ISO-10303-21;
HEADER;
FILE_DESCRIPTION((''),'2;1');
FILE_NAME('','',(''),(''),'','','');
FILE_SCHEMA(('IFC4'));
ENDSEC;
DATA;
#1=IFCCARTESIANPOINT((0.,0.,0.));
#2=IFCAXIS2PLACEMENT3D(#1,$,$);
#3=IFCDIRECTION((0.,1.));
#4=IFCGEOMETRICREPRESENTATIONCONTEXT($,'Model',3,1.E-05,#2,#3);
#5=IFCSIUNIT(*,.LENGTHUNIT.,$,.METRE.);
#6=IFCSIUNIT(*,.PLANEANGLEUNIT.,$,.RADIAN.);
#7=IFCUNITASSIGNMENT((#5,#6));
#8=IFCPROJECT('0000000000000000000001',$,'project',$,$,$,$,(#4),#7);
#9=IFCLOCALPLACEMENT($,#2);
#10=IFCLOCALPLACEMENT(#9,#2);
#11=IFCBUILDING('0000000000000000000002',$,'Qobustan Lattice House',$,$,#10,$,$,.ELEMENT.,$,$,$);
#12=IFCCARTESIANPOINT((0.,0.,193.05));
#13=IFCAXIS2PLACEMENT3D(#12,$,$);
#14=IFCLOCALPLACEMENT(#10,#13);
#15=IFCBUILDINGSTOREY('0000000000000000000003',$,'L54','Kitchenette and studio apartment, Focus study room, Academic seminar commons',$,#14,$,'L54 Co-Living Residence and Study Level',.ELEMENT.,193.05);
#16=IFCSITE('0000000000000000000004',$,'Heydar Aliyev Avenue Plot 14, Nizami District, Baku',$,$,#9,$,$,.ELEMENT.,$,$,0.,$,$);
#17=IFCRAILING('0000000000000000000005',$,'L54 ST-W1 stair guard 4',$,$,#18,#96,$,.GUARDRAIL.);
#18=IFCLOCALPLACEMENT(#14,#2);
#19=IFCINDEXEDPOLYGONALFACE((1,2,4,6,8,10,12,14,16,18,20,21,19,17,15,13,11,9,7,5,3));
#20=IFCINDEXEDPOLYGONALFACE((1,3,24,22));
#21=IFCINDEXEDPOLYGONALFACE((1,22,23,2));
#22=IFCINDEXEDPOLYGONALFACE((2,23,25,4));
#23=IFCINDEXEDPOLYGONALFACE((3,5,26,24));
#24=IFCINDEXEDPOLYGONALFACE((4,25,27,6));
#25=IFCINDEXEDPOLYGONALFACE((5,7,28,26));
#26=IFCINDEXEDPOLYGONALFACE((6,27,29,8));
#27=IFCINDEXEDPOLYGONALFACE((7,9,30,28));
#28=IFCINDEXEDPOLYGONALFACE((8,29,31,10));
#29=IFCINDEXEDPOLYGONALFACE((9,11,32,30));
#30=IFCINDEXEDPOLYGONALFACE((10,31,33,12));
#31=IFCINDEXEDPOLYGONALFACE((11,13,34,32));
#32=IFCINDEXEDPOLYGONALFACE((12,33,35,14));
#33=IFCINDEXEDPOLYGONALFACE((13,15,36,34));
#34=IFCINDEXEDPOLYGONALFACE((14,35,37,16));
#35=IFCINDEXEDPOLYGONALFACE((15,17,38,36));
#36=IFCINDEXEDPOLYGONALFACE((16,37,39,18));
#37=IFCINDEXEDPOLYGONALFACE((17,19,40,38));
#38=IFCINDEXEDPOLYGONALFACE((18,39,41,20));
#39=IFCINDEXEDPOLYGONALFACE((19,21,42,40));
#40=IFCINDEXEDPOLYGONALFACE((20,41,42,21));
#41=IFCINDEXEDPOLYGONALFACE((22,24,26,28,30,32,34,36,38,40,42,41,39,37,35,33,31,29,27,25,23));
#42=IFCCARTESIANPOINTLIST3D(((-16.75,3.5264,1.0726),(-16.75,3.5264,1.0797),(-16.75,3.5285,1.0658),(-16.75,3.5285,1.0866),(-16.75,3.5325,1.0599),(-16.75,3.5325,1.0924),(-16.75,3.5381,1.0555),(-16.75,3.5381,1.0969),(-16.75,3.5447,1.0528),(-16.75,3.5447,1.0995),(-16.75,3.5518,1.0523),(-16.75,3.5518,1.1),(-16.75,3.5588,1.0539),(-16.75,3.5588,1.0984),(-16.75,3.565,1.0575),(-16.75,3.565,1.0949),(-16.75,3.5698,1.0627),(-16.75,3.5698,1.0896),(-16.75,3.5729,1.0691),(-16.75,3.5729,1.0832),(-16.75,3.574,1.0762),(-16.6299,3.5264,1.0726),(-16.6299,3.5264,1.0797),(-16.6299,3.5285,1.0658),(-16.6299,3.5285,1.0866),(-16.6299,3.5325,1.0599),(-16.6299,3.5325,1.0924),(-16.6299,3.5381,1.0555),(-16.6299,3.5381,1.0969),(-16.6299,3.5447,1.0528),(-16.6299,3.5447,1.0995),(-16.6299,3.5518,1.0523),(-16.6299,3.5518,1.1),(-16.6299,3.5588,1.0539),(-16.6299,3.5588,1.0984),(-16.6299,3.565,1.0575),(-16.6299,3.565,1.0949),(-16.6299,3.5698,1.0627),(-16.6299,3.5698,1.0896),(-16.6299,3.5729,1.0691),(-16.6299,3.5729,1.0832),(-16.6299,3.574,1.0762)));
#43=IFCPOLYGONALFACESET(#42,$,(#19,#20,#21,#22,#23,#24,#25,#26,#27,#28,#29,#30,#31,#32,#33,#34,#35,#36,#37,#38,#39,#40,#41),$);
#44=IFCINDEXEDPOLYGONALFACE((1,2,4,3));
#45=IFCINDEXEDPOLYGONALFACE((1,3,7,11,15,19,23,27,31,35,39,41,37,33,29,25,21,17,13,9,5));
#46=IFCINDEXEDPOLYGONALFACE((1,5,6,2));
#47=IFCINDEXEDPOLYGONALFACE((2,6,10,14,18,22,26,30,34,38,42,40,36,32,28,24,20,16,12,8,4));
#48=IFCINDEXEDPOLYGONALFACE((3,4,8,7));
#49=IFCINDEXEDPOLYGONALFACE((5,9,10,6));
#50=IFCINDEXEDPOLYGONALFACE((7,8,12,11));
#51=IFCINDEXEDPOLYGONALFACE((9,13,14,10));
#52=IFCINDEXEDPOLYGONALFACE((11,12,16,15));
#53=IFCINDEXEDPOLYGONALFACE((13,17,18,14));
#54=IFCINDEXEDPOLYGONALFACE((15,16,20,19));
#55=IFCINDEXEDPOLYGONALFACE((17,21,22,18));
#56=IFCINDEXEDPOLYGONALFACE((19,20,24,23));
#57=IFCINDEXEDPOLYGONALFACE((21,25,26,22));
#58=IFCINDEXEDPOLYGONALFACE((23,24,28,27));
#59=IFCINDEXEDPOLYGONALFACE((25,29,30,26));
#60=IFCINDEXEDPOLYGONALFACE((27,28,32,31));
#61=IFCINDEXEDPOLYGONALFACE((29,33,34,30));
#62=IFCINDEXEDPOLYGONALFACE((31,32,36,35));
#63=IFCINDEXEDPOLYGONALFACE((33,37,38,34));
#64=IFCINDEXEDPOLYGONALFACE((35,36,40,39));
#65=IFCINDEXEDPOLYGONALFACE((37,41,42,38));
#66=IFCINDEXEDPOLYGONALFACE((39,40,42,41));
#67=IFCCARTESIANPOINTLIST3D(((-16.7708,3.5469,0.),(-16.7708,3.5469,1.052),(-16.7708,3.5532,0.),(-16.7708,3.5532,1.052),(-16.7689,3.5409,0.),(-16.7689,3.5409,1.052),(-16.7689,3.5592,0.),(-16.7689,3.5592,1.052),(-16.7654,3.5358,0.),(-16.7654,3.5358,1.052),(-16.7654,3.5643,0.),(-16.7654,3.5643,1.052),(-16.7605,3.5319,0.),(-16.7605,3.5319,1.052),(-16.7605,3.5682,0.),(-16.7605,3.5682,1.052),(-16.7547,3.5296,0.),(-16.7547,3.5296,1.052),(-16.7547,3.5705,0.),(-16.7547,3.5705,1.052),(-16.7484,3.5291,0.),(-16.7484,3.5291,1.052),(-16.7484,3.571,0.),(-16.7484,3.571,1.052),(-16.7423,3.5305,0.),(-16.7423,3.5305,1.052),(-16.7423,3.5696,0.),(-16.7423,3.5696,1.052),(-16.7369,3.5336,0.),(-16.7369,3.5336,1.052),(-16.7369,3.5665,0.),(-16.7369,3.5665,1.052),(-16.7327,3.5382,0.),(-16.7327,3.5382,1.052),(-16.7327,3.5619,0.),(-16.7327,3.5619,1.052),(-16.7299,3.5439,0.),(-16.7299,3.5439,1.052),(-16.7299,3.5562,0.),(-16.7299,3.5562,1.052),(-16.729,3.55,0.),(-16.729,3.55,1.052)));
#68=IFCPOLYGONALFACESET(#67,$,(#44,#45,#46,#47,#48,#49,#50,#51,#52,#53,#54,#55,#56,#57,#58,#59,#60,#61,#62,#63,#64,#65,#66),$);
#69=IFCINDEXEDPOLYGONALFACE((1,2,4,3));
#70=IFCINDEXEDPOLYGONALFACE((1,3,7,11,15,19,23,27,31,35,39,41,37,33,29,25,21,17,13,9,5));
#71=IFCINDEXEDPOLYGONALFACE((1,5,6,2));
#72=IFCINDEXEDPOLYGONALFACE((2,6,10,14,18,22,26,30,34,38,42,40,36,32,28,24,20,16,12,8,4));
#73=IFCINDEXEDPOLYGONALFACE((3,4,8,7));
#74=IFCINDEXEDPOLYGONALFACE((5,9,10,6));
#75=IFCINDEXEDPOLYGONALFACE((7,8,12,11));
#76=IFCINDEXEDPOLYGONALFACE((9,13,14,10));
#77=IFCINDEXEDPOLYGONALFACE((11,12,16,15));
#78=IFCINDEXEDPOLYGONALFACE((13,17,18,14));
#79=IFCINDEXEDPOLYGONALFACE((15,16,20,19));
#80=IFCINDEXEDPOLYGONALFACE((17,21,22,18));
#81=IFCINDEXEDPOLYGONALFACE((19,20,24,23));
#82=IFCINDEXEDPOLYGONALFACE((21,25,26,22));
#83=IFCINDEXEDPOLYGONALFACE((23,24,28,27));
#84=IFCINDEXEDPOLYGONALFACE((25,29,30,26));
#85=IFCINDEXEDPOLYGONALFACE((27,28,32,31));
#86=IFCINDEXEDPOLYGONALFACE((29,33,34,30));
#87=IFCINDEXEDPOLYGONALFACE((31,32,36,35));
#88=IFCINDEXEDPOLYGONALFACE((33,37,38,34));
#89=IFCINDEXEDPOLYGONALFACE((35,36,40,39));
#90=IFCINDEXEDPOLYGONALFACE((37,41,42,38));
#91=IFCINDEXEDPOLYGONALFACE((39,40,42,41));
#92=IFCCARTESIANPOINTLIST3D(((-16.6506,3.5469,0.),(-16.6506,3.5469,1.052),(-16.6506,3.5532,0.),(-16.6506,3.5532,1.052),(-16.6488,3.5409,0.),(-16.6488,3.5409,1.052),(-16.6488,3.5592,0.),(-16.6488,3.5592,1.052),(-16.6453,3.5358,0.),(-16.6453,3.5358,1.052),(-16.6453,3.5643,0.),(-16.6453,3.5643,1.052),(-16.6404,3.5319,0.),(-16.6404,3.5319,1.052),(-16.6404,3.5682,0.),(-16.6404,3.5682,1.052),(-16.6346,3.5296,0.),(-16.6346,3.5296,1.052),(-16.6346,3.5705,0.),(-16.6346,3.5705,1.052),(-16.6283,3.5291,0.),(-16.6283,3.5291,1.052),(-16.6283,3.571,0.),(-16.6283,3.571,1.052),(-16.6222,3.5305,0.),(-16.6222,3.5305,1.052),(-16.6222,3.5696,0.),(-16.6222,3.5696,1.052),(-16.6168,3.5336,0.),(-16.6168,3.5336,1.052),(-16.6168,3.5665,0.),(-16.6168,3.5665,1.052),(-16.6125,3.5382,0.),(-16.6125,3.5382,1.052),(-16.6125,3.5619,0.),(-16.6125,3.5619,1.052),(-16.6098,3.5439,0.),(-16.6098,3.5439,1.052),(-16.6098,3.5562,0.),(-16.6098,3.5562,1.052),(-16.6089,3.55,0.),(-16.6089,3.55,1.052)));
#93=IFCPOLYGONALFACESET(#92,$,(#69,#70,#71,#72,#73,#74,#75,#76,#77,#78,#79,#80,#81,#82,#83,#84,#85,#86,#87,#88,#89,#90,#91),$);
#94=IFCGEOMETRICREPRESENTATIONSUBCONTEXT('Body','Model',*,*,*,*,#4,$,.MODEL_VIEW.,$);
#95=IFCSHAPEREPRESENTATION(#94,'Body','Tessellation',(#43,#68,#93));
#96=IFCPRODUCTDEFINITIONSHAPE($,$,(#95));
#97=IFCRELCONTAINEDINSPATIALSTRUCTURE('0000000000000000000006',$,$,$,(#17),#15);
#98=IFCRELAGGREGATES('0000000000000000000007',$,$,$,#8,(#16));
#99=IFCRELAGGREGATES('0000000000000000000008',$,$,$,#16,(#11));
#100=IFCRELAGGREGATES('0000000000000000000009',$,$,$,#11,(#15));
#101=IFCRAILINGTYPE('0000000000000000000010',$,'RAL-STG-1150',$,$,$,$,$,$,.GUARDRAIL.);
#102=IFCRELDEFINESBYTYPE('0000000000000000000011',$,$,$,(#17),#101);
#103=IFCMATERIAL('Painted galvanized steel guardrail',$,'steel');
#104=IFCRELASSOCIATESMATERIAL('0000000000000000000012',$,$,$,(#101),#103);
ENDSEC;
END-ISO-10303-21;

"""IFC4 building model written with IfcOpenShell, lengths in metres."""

from ifc_helpers import new_model, si_unit, direction, frame, origin, origin_2d, place, context, subcontext, project, spatial, circle, extrude, material, type_object, element, save


model = new_model("IFC4")

# Units and contexts
model_context = context("Model", 3, precision=1e-05, world=origin(), true_north=direction((0.0, 1.0)))
body_context = subcontext(model_context, "Body", "Model", "MODEL_VIEW")
ifc_project = project(units=[si_unit("LENGTHUNIT", "METRE"), si_unit("PLANEANGLEUNIT", "RADIAN")], contexts=[model_context])

# Site, building, storey
site_placement = place(None, origin())
site = spatial("IfcSite", under=ifc_project, at=site_placement, Name="Heydar Aliyev Avenue Plot 14, Nizami District, Baku", CompositionType="ELEMENT", RefElevation=0.0)
building_placement = place(site_placement, origin())
building = spatial("IfcBuilding", under=site, at=building_placement, Name="Qobustan Lattice House", CompositionType="ELEMENT")
storey_placement = place(building_placement, frame((0.0, 0.0, 193.05)))
storey = spatial("IfcBuildingStorey", under=building, at=storey_placement, Name="L54", Description="Kitchenette and studio apartment, Focus study room, Academic seminar commons", LongName="L54 Co-Living Residence and Study Level", CompositionType="ELEMENT", Elevation=193.05)

# Railing
ifc_material_1 = material(Name="Painted galvanized steel guardrail", Category="steel")
railing_type_1 = type_object("IfcRailingType", Name="RAL-STG-1150", PredefinedType="GUARDRAIL", material=ifc_material_1)
railing_1_placement = place(storey_placement, frame((-16.75, 3.55, 0.0)))
element("IfcRailing", 1, at=railing_1_placement, inside=storey, type_object=railing_type_1, Name="L54 ST-W1 stair guard 4", PredefinedType="GUARDRAIL", context=body_context, shape_type="SweptSolid", body=[
    extrude(circle(Radius=0.0239, at=origin_2d()), frame((0.0, 0.0, 1.0762), z_axis=(1.0, 0.0, 0.0), x_axis=(0.0, 1.0, 0.0)), (0.0, 0.0, 1.0), 0.1201),
    extrude(circle(Radius=0.021, at=origin_2d()), origin(), (0.0, 0.0, 1.0), 1.052),
    extrude(circle(Radius=0.021, at=origin_2d()), frame((0.1201, 0.0, 0.0)), (0.0, 0.0, 1.0), 1.052),
])

save(model, "model.ifc")
